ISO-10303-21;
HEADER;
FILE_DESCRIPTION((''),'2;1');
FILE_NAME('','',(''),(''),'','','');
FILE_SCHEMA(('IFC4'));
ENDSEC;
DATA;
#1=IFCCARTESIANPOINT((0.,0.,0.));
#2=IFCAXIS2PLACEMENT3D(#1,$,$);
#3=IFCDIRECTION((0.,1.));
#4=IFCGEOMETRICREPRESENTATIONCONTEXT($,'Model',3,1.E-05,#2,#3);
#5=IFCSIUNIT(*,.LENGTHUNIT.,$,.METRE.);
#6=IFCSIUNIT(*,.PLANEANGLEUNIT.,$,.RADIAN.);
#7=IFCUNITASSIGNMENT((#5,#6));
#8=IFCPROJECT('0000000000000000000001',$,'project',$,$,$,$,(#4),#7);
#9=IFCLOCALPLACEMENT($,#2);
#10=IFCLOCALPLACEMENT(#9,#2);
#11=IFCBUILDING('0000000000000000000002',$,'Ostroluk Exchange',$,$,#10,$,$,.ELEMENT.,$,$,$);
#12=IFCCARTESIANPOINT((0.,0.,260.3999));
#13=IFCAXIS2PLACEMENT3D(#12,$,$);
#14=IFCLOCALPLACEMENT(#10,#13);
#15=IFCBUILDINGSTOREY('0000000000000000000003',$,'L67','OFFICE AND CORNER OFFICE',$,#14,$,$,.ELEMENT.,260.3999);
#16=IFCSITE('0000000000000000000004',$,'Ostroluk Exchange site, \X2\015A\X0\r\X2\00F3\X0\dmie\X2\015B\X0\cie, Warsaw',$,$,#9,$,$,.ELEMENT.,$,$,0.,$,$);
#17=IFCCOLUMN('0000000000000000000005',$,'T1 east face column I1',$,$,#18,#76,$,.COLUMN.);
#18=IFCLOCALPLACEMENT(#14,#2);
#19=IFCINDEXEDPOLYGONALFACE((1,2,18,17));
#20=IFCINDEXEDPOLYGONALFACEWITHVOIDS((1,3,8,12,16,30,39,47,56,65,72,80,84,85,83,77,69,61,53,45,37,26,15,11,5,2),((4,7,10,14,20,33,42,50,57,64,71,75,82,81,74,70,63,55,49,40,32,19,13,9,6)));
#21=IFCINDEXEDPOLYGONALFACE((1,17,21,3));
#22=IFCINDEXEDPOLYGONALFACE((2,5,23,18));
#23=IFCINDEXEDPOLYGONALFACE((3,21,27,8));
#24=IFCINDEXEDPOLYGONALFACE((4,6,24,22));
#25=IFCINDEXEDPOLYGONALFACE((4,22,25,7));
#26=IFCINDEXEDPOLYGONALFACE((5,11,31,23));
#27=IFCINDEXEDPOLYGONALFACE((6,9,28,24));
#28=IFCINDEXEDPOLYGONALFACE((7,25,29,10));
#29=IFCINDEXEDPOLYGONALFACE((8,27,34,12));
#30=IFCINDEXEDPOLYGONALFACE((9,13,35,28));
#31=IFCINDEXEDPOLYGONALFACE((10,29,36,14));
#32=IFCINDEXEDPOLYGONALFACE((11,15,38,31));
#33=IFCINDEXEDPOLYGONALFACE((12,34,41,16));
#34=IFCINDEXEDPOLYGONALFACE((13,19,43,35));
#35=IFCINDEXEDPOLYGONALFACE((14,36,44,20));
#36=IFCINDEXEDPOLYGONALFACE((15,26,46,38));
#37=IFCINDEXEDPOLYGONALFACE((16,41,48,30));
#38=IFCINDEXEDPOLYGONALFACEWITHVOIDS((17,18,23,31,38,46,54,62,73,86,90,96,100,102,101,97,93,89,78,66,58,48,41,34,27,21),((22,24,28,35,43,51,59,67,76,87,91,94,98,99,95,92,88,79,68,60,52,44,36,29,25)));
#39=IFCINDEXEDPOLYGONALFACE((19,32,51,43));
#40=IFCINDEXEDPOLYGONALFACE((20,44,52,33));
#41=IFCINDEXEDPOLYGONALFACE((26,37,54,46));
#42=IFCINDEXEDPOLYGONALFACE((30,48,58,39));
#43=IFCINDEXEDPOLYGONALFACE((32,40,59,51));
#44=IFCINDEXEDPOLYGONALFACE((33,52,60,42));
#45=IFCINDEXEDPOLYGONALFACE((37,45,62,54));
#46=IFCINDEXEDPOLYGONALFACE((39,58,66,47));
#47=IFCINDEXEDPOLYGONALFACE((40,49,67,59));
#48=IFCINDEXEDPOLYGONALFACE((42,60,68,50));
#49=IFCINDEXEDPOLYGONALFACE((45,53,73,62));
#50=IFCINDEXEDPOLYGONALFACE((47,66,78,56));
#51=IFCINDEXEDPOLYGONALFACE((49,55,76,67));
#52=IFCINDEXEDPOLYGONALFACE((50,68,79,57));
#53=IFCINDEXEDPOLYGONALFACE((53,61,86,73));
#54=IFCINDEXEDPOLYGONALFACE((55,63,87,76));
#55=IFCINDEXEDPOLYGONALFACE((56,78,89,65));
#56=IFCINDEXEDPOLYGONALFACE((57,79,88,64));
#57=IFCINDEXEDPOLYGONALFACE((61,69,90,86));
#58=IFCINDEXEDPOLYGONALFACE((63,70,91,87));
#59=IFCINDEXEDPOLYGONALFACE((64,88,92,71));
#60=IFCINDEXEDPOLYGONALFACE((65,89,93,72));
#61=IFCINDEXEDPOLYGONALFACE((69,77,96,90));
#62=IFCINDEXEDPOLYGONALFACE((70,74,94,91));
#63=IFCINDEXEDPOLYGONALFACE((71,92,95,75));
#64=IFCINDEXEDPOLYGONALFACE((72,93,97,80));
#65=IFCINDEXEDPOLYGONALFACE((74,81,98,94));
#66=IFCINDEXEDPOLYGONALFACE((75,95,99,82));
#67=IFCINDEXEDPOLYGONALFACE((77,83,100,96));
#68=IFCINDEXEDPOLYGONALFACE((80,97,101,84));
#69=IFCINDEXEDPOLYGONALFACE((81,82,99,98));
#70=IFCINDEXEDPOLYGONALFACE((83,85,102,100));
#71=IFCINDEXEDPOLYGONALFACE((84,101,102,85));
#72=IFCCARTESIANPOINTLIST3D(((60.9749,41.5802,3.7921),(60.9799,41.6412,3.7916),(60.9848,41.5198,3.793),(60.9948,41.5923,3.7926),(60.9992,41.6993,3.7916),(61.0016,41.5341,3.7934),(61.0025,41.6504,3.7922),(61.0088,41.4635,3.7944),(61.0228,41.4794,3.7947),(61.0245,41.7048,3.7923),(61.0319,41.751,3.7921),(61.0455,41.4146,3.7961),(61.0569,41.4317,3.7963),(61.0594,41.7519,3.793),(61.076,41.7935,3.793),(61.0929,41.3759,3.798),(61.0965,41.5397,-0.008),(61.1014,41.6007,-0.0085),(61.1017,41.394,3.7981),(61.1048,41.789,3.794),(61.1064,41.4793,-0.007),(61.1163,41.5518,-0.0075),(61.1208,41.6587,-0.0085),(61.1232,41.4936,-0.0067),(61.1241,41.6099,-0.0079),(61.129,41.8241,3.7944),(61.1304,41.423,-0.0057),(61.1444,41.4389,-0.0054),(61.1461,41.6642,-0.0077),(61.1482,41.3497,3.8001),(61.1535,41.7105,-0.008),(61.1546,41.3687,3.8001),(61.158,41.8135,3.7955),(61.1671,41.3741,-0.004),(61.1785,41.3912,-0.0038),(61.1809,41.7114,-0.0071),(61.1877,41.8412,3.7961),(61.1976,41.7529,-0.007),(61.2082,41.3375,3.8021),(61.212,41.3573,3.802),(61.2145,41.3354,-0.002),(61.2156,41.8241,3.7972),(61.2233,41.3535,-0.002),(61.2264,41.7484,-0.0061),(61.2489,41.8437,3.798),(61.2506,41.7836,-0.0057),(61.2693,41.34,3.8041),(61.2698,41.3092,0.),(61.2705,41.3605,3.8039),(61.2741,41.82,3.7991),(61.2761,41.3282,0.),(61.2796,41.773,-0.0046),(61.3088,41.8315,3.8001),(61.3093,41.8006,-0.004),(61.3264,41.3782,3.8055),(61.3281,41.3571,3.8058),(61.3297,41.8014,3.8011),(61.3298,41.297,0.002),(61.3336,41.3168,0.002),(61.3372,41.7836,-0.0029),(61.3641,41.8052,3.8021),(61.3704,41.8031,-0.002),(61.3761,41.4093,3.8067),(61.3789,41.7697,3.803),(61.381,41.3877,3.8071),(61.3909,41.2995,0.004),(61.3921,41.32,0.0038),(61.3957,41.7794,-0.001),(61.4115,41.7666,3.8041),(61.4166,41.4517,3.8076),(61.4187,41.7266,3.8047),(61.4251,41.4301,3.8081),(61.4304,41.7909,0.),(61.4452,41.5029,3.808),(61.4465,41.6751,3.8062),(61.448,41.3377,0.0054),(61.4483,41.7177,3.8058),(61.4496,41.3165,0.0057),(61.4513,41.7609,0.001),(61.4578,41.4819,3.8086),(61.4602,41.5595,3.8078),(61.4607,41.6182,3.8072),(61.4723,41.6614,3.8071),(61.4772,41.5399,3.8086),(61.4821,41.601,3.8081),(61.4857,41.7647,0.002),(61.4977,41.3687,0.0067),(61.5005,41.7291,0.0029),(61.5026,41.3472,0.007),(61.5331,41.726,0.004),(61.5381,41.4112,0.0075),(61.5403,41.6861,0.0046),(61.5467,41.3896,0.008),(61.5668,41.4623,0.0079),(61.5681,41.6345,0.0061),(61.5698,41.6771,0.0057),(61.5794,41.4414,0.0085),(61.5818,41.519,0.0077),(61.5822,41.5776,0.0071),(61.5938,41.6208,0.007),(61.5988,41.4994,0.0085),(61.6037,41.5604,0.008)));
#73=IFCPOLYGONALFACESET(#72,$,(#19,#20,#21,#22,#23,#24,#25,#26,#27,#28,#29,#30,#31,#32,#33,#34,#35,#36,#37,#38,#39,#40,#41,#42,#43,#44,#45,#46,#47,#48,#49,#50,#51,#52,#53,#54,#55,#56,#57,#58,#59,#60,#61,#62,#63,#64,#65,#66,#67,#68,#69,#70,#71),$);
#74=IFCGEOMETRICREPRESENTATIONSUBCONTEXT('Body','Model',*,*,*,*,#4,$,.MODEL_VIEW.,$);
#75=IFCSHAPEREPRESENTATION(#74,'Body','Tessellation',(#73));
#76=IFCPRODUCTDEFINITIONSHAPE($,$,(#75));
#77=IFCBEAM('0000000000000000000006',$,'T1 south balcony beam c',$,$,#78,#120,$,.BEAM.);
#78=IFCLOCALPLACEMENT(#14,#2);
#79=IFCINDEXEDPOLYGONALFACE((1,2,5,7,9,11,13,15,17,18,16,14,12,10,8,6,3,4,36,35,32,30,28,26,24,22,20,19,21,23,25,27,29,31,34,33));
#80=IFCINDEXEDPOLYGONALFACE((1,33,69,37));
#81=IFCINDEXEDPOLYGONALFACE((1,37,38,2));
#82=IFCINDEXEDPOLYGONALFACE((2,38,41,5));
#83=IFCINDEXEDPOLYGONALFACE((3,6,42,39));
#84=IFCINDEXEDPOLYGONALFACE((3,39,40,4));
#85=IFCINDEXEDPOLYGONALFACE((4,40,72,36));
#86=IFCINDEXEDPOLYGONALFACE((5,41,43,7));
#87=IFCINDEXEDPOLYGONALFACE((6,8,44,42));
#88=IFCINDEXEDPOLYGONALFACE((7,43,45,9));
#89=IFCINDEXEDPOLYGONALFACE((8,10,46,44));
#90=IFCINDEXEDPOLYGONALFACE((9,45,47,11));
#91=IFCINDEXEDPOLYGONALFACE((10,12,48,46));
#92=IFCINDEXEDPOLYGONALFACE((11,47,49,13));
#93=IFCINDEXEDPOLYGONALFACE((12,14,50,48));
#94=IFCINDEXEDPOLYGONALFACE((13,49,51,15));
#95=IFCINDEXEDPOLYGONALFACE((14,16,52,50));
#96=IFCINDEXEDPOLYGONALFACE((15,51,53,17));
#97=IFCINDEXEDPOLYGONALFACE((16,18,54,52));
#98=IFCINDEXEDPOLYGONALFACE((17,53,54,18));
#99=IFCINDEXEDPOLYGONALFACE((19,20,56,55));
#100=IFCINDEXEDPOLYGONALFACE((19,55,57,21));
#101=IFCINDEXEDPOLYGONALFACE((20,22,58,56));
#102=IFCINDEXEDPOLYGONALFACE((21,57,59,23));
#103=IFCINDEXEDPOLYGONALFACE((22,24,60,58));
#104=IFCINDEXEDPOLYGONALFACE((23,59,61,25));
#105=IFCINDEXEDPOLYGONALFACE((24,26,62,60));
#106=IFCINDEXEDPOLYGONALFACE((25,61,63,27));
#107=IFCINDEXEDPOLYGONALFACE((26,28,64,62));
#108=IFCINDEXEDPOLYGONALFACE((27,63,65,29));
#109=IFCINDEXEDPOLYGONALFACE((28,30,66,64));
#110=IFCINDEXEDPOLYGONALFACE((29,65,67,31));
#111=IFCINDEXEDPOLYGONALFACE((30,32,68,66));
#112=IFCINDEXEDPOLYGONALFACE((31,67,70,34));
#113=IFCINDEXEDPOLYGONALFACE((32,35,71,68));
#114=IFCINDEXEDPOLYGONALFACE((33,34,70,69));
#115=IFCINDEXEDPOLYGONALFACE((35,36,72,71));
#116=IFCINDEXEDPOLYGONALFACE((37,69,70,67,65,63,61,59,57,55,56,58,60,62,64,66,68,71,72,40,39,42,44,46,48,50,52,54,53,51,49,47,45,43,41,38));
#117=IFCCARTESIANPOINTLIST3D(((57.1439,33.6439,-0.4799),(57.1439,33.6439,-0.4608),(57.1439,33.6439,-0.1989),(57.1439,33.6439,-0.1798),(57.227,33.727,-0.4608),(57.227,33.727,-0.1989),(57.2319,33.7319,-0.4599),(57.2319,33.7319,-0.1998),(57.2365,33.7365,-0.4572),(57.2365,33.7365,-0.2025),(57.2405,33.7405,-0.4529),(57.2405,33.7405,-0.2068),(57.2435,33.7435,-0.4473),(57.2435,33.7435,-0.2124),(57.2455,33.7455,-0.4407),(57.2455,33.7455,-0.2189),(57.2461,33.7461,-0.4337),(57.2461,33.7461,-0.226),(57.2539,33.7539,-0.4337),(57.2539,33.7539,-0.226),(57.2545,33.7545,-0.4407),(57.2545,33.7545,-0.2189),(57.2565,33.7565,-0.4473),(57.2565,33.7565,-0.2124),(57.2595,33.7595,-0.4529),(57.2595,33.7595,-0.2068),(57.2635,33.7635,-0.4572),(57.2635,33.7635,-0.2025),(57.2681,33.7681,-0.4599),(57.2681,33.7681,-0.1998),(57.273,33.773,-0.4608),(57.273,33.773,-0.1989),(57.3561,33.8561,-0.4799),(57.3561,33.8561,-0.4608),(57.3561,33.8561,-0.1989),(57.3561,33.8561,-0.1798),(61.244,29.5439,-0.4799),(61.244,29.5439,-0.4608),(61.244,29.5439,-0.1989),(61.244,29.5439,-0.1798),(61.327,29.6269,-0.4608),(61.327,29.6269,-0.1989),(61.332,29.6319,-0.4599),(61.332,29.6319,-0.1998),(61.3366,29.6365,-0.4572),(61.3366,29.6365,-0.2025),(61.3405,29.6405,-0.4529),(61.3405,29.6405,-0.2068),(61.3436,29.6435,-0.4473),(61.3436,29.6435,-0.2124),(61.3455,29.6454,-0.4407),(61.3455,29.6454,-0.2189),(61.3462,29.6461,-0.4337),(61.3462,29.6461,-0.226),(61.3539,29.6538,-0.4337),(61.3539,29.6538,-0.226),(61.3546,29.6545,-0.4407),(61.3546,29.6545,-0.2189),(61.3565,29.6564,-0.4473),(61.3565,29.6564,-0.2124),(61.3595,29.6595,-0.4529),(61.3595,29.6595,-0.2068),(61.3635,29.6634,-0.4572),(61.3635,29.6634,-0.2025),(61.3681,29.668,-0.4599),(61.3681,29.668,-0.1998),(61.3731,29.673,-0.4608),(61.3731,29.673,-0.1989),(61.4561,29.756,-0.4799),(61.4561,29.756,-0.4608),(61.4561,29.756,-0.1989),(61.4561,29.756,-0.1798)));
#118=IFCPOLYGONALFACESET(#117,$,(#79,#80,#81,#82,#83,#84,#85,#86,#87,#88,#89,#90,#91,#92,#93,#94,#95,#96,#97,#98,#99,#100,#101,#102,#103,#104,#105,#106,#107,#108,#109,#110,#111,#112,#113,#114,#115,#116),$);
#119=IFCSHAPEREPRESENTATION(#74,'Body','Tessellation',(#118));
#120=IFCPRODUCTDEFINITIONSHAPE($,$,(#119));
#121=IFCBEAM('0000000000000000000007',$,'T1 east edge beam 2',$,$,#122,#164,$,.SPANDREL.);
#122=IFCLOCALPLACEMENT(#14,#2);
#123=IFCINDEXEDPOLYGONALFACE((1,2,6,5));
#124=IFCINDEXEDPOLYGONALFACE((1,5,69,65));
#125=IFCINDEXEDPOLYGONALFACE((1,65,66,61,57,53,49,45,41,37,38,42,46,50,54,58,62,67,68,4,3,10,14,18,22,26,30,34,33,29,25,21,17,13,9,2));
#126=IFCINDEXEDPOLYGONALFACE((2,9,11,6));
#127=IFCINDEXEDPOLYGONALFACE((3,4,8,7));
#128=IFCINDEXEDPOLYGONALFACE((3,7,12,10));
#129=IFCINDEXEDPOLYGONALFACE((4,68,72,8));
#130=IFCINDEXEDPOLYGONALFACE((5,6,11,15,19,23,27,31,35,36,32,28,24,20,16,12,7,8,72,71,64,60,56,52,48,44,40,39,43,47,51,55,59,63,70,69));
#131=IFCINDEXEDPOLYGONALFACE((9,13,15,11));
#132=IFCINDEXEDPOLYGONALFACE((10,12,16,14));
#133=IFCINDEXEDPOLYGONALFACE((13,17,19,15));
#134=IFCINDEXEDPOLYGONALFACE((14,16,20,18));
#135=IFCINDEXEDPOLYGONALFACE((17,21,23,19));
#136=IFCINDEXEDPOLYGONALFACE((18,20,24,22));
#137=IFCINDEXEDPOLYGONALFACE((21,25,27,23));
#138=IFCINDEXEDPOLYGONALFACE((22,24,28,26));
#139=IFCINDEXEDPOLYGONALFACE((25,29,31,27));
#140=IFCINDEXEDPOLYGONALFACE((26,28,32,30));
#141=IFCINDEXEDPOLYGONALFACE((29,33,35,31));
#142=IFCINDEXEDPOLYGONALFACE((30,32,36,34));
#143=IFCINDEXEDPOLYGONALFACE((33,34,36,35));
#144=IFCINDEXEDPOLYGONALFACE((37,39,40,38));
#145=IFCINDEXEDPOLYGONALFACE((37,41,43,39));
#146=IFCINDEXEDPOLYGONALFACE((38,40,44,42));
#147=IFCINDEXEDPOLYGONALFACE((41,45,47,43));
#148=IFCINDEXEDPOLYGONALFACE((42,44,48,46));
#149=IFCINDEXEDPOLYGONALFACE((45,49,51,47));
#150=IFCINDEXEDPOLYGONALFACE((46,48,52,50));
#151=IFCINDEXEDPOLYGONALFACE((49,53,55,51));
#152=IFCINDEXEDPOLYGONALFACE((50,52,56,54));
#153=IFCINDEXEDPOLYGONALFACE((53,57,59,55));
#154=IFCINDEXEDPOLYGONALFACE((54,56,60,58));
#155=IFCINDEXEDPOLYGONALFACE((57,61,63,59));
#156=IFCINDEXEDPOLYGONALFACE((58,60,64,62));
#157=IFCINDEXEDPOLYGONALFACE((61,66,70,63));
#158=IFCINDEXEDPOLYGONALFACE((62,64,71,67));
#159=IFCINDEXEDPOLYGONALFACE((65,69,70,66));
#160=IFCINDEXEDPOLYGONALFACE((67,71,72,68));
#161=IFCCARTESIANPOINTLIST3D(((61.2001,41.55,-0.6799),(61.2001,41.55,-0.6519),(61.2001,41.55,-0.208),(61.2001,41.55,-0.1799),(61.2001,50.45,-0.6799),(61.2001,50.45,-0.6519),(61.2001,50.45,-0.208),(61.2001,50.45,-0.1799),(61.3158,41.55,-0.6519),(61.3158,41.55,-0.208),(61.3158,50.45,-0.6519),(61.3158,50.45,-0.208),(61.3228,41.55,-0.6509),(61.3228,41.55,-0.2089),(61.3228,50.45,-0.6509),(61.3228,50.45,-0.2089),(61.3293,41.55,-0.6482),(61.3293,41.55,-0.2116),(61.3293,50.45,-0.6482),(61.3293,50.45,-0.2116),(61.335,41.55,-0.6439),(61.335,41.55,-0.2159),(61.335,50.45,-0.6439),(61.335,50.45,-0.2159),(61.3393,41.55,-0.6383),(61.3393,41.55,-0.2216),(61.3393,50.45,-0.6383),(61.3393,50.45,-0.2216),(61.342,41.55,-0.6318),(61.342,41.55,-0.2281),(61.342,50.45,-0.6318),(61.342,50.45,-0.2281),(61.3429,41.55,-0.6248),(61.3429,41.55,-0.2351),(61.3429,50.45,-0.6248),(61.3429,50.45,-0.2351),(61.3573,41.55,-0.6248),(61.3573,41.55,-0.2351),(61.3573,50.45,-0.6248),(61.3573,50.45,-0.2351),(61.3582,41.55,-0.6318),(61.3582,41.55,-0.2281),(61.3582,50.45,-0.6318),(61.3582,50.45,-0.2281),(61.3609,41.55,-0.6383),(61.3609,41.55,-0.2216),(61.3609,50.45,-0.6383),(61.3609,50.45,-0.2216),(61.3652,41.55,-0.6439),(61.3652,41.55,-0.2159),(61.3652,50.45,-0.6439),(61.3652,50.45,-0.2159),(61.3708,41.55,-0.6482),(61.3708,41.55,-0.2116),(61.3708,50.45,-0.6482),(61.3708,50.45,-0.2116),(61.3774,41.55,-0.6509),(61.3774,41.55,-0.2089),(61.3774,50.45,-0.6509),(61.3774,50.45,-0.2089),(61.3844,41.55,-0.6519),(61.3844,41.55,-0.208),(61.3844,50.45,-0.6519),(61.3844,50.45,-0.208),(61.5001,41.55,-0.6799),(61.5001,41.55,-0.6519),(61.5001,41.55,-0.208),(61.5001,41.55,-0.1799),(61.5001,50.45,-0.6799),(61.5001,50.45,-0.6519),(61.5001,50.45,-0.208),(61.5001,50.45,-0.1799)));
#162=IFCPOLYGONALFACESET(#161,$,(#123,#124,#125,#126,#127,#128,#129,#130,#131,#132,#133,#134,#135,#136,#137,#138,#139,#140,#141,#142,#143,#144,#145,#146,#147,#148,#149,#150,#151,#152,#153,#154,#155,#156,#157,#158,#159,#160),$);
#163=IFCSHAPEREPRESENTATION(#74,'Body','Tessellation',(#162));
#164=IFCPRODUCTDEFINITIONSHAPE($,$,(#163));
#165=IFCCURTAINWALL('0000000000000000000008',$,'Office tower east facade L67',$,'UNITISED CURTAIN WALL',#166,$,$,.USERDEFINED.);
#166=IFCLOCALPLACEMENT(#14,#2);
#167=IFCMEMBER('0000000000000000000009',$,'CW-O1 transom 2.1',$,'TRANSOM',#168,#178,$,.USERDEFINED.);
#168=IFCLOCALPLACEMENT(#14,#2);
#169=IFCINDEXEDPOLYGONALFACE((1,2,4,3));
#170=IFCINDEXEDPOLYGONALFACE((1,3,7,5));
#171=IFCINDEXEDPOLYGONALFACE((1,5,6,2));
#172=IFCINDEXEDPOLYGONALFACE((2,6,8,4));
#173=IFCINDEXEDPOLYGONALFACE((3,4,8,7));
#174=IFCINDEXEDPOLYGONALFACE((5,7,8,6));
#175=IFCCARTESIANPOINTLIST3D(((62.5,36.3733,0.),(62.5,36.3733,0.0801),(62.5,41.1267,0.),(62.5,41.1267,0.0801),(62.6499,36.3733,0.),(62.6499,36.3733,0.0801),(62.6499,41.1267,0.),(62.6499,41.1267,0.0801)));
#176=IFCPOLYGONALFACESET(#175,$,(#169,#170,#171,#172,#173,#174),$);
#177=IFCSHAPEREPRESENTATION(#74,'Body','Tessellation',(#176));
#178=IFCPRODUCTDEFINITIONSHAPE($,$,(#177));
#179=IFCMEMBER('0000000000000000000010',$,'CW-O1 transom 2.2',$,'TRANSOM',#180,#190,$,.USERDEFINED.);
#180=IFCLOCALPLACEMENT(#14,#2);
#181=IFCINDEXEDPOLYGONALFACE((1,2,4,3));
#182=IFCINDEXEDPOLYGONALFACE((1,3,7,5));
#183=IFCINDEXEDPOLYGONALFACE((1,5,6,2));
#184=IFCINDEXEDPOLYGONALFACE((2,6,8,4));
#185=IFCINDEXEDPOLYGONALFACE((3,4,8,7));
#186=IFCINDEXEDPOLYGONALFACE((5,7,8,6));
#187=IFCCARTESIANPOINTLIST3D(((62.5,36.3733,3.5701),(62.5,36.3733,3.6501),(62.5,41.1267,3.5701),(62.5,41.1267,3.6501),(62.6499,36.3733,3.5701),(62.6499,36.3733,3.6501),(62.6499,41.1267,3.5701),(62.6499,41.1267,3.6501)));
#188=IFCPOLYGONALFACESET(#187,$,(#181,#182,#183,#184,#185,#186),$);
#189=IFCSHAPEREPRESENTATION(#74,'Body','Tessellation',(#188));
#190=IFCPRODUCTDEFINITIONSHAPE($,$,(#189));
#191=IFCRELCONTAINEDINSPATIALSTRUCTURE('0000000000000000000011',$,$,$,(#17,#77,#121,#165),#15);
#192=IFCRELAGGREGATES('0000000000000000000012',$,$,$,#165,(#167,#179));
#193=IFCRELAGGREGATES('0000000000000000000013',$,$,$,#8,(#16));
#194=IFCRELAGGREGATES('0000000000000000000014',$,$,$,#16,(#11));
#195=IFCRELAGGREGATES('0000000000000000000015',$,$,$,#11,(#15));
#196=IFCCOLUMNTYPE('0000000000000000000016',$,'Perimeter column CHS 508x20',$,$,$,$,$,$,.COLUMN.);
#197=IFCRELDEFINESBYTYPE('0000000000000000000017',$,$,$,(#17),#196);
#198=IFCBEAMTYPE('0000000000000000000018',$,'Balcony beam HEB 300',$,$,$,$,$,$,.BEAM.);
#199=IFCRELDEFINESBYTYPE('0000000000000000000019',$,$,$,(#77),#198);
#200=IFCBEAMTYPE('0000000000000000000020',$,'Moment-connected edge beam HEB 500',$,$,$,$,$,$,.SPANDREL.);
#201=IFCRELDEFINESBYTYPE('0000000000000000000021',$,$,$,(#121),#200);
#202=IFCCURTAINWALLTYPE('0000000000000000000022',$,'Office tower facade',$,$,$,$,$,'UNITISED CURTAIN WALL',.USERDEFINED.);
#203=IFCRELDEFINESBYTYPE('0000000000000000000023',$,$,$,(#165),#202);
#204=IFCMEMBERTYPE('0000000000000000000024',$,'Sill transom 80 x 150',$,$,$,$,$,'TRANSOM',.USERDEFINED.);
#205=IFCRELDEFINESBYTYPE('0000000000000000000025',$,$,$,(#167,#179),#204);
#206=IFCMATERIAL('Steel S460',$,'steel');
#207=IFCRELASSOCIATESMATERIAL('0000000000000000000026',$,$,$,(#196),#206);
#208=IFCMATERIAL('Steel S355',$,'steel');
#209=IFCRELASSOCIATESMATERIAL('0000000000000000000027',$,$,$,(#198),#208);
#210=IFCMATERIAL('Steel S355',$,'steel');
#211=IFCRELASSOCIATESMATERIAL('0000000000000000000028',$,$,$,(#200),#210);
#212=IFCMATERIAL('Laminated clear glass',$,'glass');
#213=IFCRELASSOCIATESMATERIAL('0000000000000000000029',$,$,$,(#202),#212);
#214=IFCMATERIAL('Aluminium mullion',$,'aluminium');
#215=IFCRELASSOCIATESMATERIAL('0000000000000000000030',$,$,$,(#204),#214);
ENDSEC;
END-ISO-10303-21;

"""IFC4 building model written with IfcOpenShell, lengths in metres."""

from ifc_helpers import new_model, si_unit, direction, frame, origin, origin_2d, place, context, subcontext, project, spatial, rectangle, hollow_circle, i_section, extrude, material, material_profile, profile_set, type_object, element, aggregate, save


model = new_model("IFC4")

# Units and contexts
model_context = context("Model", 3, precision=1e-05, world=origin(), true_north=direction((0.0, 1.0)))
body_context = subcontext(model_context, "Body", "Model", "MODEL_VIEW")
ifc_project = project(units=[si_unit("LENGTHUNIT", "METRE"), si_unit("PLANEANGLEUNIT", "RADIAN")], contexts=[model_context])

# Site, building, storey
site_placement = place(None, origin())
site = spatial("IfcSite", under=ifc_project, at=site_placement, Name="Ostroluk Exchange site, Śródmieście, Warsaw", CompositionType="ELEMENT", RefElevation=0.0)
building_placement = place(site_placement, origin())
building = spatial("IfcBuilding", under=site, at=building_placement, Name="Ostroluk Exchange", CompositionType="ELEMENT")
storey_placement = place(building_placement, frame((0.0, 0.0, 260.3999)))
storey = spatial("IfcBuildingStorey", under=building, at=storey_placement, Name="L67", Description="OFFICE AND CORNER OFFICE", CompositionType="ELEMENT", Elevation=260.3999)

# Column
ifc_material_1 = material(Name="Steel S460", Category="steel")
ifc_material_profile_1 = material_profile(ifc_material_1, hollow_circle(Radius=0.2539, WallThickness=0.02, at=origin_2d()), Name="CHS 508x20")
ifc_profile_set_1 = profile_set([ifc_material_profile_1], Name="Steel S460")
column_type = type_object("IfcColumnType", Name="Perimeter column CHS 508x20", PredefinedType="COLUMN", material=ifc_profile_set_1)
column_placement = place(storey_placement, frame((61.3501, 41.55, 0.0), z_axis=(-0.031977, 0.010659, 0.999432), x_axis=(-0.316228, -0.948683, 0.0)))
element("IfcColumn", 1, at=column_placement, inside=storey, type_object=column_type, Name="T1 east face column I1", PredefinedType="COLUMN", context=body_context, shape_type="SweptSolid", body=[
    extrude(hollow_circle(Radius=0.2539, WallThickness=0.02, at=origin_2d()), origin(), (0.0, 0.0, 1.0), 3.8022),
])

# Beams
ifc_material_2 = material(Name="Steel S355", Category="steel")
ifc_material_profile_2 = material_profile(ifc_material_2, i_section(OverallWidth=0.3, OverallDepth=0.3, WebThickness=0.011, FlangeThickness=0.019, FilletRadius=0.0271, at=origin_2d()), Name="HEB 300")
ifc_profile_set_2 = profile_set([ifc_material_profile_2], Name="Steel S355")
beam_type_1 = type_object("IfcBeamType", Name="Balcony beam HEB 300", PredefinedType="BEAM", material=ifc_profile_set_2)
beam_1_placement = place(storey_placement, frame((57.25, 33.75, -0.3298), z_axis=(0.707107, -0.707107, 0.0), x_axis=(0.707107, 0.707107, 0.0)))
element("IfcBeam", 2, at=beam_1_placement, inside=storey, type_object=beam_type_1, Name="T1 south balcony beam c", PredefinedType="BEAM", context=body_context, shape_type="SweptSolid", body=[
    extrude(i_section(OverallWidth=0.3, OverallDepth=0.3, WebThickness=0.011, FlangeThickness=0.019, FilletRadius=0.0271, at=origin_2d()), origin(), (0.0, 0.0, 1.0), 5.7983),
])
ifc_material_3 = material(Name="Steel S355", Category="steel")
ifc_material_profile_3 = material_profile(ifc_material_3, i_section(OverallWidth=0.3, OverallDepth=0.5, WebThickness=0.0144, FlangeThickness=0.0281, FilletRadius=0.0271, at=origin_2d()), Name="HEB 500")
ifc_profile_set_3 = profile_set([ifc_material_profile_3], Name="Steel S355")
beam_type_2 = type_object("IfcBeamType", Name="Moment-connected edge beam HEB 500", PredefinedType="SPANDREL", material=ifc_profile_set_3)
beam_2_placement = place(storey_placement, frame((61.3501, 41.55, -0.4299), z_axis=(0.0, 1.0, 0.0), x_axis=(-1.0, 0.0, 0.0)))
element("IfcBeam", 3, at=beam_2_placement, inside=storey, type_object=beam_type_2, Name="T1 east edge beam 2", PredefinedType="SPANDREL", context=body_context, shape_type="SweptSolid", body=[
    extrude(i_section(OverallWidth=0.3, OverallDepth=0.5, WebThickness=0.0144, FlangeThickness=0.0281, FilletRadius=0.0271, at=origin_2d()), origin(), (0.0, 0.0, 1.0), 8.8999),
])

# Curtain wall, members
ifc_material_4 = material(Name="Laminated clear glass", Category="glass")
curtain_wall_type = type_object("IfcCurtainWallType", Name="Office tower facade", ElementType="UNITISED CURTAIN WALL", PredefinedType="USERDEFINED", material=ifc_material_4)
curtain_wall_placement = place(storey_placement, origin())
curtain_wall = element("IfcCurtainWall", 4, at=curtain_wall_placement, inside=storey, type_object=curtain_wall_type, Name="Office tower east facade L67", ObjectType="UNITISED CURTAIN WALL", PredefinedType="USERDEFINED")
ifc_material_5 = material(Name="Aluminium mullion", Category="aluminium")
ifc_material_profile_4 = material_profile(ifc_material_5, rectangle(XDim=0.1499, YDim=0.0801, at=origin_2d()), Name="Sill transom 80 x 150")
ifc_profile_set_4 = profile_set([ifc_material_profile_4], Name="Aluminium mullion")
member_type_1 = type_object("IfcMemberType", Name="Sill transom 80 x 150", ElementType="TRANSOM", PredefinedType="USERDEFINED", material=ifc_profile_set_4)
member_1_placement = place(storey_placement, frame((62.575, 36.3733, 0.04), z_axis=(0.0, 1.0, 0.0), x_axis=(-1.0, 0.0, 0.0)))
member_1 = element("IfcMember", 5, at=member_1_placement, type_object=member_type_1, Name="CW-O1 transom 2.1", ObjectType="TRANSOM", PredefinedType="USERDEFINED", context=body_context, shape_type="SweptSolid", body=[
    extrude(rectangle(XDim=0.1499, YDim=0.0801, at=origin_2d()), origin(), (0.0, 0.0, 1.0), 4.7534),
])
member_2_placement = place(storey_placement, frame((62.575, 36.3733, 3.6101), z_axis=(0.0, 1.0, 0.0), x_axis=(-1.0, 0.0, 0.0)))
member_2 = element("IfcMember", 6, at=member_2_placement, type_object=member_type_1, Name="CW-O1 transom 2.2", ObjectType="TRANSOM", PredefinedType="USERDEFINED", context=body_context, shape_type="SweptSolid", body=[
    extrude(rectangle(XDim=0.1499, YDim=0.0801, at=origin_2d()), origin(), (0.0, 0.0, 1.0), 4.7534),
])
aggregate(curtain_wall, [member_1, member_2])

save(model, "model.ifc")
